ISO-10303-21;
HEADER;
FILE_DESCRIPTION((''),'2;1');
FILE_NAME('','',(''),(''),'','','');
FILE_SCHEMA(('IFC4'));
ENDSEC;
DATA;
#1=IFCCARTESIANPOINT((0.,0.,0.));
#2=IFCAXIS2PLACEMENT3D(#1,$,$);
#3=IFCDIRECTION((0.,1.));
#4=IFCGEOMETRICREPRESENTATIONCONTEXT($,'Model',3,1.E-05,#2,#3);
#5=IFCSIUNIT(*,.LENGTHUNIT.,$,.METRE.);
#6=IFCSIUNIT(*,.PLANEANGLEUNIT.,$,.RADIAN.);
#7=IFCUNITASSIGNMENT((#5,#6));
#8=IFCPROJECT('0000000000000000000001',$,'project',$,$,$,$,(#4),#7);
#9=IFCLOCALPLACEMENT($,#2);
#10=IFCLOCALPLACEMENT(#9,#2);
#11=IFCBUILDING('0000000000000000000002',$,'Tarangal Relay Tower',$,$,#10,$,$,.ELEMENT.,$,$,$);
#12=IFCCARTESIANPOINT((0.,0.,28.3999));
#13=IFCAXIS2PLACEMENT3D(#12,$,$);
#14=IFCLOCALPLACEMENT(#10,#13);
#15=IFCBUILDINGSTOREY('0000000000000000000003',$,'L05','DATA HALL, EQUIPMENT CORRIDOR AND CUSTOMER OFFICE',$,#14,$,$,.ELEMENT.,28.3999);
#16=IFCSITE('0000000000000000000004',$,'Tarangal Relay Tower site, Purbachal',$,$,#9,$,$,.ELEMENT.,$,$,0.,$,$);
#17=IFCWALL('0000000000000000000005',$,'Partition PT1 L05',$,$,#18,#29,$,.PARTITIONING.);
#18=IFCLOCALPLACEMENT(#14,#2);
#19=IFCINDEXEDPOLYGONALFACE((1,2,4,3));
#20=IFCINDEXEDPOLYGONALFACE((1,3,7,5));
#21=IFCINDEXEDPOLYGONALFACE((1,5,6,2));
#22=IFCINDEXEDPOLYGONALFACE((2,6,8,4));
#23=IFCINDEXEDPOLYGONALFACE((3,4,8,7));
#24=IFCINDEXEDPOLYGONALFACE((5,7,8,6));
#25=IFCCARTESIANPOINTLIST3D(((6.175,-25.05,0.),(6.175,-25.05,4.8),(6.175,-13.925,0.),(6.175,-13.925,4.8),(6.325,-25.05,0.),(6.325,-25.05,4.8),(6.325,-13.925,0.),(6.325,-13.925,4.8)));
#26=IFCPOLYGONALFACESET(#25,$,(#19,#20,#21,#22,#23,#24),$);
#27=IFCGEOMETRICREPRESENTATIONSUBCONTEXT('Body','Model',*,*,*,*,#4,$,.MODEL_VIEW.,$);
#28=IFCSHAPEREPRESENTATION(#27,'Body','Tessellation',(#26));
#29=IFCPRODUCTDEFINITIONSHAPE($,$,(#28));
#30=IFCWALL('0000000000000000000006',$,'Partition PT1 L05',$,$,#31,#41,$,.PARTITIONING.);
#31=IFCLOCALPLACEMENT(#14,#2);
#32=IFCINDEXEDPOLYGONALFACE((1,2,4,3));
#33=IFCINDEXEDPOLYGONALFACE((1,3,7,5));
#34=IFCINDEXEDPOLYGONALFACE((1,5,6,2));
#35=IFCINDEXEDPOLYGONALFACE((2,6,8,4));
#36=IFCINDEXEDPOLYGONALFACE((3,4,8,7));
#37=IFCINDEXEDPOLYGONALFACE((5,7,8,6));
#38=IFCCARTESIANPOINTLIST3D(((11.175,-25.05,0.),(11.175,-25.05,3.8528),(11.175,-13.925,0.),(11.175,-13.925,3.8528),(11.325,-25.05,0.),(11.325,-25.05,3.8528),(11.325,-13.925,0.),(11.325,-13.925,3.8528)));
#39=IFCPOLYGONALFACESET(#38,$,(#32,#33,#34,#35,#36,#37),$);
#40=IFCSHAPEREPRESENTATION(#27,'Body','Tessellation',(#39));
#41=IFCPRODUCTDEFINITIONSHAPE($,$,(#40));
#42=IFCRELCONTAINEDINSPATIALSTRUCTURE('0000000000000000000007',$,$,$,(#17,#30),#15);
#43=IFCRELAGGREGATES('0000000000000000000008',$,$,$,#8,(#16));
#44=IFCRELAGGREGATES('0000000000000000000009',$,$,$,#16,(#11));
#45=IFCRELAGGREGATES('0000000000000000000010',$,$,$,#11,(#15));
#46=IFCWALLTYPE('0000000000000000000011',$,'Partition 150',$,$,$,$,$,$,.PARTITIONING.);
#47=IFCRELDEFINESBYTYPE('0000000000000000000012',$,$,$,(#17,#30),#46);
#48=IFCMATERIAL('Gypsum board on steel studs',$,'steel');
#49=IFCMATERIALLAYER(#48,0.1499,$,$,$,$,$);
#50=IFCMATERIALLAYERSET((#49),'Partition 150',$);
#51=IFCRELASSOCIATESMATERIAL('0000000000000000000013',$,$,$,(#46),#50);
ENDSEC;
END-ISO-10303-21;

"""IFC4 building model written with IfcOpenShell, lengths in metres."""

from ifc_helpers import new_model, si_unit, direction, frame, frame_2d, origin, place, context, subcontext, project, spatial, rectangle, extrude, material, layer, layer_set, type_object, element, save


model = new_model("IFC4")

# Units and contexts
model_context = context("Model", 3, precision=1e-05, world=origin(), true_north=direction((0.0, 1.0)))
body_context = subcontext(model_context, "Body", "Model", "MODEL_VIEW")
ifc_project = project(units=[si_unit("LENGTHUNIT", "METRE"), si_unit("PLANEANGLEUNIT", "RADIAN")], contexts=[model_context])

# Site, building, storey
site_placement = place(None, origin())
site = spatial("IfcSite", under=ifc_project, at=site_placement, Name="Tarangal Relay Tower site, Purbachal", CompositionType="ELEMENT", RefElevation=0.0)
building_placement = place(site_placement, origin())
building = spatial("IfcBuilding", under=site, at=building_placement, Name="Tarangal Relay Tower", CompositionType="ELEMENT")
storey_placement = place(building_placement, frame((0.0, 0.0, 28.3999)))
storey = spatial("IfcBuildingStorey", under=building, at=storey_placement, Name="L05", Description="DATA HALL, EQUIPMENT CORRIDOR AND CUSTOMER OFFICE", CompositionType="ELEMENT", Elevation=28.3999)

# Walls
ifc_material_1 = material(Name="Gypsum board on steel studs", Category="steel")
ifc_layer_1 = layer(ifc_material_1, 0.1499)
ifc_layer_set_1 = layer_set([ifc_layer_1], Name="Partition 150")
wall_type_1 = type_object("IfcWallType", Name="Partition 150", PredefinedType="PARTITIONING", material=ifc_layer_set_1)
wall_1_placement = place(storey_placement, frame((6.25, -25.05, 0.0), z_axis=(0.0, 0.0, 1.0), x_axis=(0.0, 1.0, 0.0)))
element("IfcWall", 1, at=wall_1_placement, inside=storey, type_object=wall_type_1, Name="Partition PT1 L05", PredefinedType="PARTITIONING", context=body_context, shape_type="SweptSolid", body=[
    extrude(rectangle(XDim=11.125, YDim=0.1499, at=frame_2d((5.5625, 0.0))), origin(), (0.0, 0.0, 1.0), 4.8),
])
wall_2_placement = place(storey_placement, frame((11.25, -25.05, 0.0), z_axis=(0.0, 0.0, 1.0), x_axis=(0.0, 1.0, 0.0)))
element("IfcWall", 2, at=wall_2_placement, inside=storey, type_object=wall_type_1, Name="Partition PT1 L05", PredefinedType="PARTITIONING", context=body_context, shape_type="SweptSolid", body=[
    extrude(rectangle(XDim=11.125, YDim=0.1499, at=frame_2d((5.5625, 0.0))), origin(), (0.0, 0.0, 1.0), 3.8528),
])

save(model, "model.ifc")
